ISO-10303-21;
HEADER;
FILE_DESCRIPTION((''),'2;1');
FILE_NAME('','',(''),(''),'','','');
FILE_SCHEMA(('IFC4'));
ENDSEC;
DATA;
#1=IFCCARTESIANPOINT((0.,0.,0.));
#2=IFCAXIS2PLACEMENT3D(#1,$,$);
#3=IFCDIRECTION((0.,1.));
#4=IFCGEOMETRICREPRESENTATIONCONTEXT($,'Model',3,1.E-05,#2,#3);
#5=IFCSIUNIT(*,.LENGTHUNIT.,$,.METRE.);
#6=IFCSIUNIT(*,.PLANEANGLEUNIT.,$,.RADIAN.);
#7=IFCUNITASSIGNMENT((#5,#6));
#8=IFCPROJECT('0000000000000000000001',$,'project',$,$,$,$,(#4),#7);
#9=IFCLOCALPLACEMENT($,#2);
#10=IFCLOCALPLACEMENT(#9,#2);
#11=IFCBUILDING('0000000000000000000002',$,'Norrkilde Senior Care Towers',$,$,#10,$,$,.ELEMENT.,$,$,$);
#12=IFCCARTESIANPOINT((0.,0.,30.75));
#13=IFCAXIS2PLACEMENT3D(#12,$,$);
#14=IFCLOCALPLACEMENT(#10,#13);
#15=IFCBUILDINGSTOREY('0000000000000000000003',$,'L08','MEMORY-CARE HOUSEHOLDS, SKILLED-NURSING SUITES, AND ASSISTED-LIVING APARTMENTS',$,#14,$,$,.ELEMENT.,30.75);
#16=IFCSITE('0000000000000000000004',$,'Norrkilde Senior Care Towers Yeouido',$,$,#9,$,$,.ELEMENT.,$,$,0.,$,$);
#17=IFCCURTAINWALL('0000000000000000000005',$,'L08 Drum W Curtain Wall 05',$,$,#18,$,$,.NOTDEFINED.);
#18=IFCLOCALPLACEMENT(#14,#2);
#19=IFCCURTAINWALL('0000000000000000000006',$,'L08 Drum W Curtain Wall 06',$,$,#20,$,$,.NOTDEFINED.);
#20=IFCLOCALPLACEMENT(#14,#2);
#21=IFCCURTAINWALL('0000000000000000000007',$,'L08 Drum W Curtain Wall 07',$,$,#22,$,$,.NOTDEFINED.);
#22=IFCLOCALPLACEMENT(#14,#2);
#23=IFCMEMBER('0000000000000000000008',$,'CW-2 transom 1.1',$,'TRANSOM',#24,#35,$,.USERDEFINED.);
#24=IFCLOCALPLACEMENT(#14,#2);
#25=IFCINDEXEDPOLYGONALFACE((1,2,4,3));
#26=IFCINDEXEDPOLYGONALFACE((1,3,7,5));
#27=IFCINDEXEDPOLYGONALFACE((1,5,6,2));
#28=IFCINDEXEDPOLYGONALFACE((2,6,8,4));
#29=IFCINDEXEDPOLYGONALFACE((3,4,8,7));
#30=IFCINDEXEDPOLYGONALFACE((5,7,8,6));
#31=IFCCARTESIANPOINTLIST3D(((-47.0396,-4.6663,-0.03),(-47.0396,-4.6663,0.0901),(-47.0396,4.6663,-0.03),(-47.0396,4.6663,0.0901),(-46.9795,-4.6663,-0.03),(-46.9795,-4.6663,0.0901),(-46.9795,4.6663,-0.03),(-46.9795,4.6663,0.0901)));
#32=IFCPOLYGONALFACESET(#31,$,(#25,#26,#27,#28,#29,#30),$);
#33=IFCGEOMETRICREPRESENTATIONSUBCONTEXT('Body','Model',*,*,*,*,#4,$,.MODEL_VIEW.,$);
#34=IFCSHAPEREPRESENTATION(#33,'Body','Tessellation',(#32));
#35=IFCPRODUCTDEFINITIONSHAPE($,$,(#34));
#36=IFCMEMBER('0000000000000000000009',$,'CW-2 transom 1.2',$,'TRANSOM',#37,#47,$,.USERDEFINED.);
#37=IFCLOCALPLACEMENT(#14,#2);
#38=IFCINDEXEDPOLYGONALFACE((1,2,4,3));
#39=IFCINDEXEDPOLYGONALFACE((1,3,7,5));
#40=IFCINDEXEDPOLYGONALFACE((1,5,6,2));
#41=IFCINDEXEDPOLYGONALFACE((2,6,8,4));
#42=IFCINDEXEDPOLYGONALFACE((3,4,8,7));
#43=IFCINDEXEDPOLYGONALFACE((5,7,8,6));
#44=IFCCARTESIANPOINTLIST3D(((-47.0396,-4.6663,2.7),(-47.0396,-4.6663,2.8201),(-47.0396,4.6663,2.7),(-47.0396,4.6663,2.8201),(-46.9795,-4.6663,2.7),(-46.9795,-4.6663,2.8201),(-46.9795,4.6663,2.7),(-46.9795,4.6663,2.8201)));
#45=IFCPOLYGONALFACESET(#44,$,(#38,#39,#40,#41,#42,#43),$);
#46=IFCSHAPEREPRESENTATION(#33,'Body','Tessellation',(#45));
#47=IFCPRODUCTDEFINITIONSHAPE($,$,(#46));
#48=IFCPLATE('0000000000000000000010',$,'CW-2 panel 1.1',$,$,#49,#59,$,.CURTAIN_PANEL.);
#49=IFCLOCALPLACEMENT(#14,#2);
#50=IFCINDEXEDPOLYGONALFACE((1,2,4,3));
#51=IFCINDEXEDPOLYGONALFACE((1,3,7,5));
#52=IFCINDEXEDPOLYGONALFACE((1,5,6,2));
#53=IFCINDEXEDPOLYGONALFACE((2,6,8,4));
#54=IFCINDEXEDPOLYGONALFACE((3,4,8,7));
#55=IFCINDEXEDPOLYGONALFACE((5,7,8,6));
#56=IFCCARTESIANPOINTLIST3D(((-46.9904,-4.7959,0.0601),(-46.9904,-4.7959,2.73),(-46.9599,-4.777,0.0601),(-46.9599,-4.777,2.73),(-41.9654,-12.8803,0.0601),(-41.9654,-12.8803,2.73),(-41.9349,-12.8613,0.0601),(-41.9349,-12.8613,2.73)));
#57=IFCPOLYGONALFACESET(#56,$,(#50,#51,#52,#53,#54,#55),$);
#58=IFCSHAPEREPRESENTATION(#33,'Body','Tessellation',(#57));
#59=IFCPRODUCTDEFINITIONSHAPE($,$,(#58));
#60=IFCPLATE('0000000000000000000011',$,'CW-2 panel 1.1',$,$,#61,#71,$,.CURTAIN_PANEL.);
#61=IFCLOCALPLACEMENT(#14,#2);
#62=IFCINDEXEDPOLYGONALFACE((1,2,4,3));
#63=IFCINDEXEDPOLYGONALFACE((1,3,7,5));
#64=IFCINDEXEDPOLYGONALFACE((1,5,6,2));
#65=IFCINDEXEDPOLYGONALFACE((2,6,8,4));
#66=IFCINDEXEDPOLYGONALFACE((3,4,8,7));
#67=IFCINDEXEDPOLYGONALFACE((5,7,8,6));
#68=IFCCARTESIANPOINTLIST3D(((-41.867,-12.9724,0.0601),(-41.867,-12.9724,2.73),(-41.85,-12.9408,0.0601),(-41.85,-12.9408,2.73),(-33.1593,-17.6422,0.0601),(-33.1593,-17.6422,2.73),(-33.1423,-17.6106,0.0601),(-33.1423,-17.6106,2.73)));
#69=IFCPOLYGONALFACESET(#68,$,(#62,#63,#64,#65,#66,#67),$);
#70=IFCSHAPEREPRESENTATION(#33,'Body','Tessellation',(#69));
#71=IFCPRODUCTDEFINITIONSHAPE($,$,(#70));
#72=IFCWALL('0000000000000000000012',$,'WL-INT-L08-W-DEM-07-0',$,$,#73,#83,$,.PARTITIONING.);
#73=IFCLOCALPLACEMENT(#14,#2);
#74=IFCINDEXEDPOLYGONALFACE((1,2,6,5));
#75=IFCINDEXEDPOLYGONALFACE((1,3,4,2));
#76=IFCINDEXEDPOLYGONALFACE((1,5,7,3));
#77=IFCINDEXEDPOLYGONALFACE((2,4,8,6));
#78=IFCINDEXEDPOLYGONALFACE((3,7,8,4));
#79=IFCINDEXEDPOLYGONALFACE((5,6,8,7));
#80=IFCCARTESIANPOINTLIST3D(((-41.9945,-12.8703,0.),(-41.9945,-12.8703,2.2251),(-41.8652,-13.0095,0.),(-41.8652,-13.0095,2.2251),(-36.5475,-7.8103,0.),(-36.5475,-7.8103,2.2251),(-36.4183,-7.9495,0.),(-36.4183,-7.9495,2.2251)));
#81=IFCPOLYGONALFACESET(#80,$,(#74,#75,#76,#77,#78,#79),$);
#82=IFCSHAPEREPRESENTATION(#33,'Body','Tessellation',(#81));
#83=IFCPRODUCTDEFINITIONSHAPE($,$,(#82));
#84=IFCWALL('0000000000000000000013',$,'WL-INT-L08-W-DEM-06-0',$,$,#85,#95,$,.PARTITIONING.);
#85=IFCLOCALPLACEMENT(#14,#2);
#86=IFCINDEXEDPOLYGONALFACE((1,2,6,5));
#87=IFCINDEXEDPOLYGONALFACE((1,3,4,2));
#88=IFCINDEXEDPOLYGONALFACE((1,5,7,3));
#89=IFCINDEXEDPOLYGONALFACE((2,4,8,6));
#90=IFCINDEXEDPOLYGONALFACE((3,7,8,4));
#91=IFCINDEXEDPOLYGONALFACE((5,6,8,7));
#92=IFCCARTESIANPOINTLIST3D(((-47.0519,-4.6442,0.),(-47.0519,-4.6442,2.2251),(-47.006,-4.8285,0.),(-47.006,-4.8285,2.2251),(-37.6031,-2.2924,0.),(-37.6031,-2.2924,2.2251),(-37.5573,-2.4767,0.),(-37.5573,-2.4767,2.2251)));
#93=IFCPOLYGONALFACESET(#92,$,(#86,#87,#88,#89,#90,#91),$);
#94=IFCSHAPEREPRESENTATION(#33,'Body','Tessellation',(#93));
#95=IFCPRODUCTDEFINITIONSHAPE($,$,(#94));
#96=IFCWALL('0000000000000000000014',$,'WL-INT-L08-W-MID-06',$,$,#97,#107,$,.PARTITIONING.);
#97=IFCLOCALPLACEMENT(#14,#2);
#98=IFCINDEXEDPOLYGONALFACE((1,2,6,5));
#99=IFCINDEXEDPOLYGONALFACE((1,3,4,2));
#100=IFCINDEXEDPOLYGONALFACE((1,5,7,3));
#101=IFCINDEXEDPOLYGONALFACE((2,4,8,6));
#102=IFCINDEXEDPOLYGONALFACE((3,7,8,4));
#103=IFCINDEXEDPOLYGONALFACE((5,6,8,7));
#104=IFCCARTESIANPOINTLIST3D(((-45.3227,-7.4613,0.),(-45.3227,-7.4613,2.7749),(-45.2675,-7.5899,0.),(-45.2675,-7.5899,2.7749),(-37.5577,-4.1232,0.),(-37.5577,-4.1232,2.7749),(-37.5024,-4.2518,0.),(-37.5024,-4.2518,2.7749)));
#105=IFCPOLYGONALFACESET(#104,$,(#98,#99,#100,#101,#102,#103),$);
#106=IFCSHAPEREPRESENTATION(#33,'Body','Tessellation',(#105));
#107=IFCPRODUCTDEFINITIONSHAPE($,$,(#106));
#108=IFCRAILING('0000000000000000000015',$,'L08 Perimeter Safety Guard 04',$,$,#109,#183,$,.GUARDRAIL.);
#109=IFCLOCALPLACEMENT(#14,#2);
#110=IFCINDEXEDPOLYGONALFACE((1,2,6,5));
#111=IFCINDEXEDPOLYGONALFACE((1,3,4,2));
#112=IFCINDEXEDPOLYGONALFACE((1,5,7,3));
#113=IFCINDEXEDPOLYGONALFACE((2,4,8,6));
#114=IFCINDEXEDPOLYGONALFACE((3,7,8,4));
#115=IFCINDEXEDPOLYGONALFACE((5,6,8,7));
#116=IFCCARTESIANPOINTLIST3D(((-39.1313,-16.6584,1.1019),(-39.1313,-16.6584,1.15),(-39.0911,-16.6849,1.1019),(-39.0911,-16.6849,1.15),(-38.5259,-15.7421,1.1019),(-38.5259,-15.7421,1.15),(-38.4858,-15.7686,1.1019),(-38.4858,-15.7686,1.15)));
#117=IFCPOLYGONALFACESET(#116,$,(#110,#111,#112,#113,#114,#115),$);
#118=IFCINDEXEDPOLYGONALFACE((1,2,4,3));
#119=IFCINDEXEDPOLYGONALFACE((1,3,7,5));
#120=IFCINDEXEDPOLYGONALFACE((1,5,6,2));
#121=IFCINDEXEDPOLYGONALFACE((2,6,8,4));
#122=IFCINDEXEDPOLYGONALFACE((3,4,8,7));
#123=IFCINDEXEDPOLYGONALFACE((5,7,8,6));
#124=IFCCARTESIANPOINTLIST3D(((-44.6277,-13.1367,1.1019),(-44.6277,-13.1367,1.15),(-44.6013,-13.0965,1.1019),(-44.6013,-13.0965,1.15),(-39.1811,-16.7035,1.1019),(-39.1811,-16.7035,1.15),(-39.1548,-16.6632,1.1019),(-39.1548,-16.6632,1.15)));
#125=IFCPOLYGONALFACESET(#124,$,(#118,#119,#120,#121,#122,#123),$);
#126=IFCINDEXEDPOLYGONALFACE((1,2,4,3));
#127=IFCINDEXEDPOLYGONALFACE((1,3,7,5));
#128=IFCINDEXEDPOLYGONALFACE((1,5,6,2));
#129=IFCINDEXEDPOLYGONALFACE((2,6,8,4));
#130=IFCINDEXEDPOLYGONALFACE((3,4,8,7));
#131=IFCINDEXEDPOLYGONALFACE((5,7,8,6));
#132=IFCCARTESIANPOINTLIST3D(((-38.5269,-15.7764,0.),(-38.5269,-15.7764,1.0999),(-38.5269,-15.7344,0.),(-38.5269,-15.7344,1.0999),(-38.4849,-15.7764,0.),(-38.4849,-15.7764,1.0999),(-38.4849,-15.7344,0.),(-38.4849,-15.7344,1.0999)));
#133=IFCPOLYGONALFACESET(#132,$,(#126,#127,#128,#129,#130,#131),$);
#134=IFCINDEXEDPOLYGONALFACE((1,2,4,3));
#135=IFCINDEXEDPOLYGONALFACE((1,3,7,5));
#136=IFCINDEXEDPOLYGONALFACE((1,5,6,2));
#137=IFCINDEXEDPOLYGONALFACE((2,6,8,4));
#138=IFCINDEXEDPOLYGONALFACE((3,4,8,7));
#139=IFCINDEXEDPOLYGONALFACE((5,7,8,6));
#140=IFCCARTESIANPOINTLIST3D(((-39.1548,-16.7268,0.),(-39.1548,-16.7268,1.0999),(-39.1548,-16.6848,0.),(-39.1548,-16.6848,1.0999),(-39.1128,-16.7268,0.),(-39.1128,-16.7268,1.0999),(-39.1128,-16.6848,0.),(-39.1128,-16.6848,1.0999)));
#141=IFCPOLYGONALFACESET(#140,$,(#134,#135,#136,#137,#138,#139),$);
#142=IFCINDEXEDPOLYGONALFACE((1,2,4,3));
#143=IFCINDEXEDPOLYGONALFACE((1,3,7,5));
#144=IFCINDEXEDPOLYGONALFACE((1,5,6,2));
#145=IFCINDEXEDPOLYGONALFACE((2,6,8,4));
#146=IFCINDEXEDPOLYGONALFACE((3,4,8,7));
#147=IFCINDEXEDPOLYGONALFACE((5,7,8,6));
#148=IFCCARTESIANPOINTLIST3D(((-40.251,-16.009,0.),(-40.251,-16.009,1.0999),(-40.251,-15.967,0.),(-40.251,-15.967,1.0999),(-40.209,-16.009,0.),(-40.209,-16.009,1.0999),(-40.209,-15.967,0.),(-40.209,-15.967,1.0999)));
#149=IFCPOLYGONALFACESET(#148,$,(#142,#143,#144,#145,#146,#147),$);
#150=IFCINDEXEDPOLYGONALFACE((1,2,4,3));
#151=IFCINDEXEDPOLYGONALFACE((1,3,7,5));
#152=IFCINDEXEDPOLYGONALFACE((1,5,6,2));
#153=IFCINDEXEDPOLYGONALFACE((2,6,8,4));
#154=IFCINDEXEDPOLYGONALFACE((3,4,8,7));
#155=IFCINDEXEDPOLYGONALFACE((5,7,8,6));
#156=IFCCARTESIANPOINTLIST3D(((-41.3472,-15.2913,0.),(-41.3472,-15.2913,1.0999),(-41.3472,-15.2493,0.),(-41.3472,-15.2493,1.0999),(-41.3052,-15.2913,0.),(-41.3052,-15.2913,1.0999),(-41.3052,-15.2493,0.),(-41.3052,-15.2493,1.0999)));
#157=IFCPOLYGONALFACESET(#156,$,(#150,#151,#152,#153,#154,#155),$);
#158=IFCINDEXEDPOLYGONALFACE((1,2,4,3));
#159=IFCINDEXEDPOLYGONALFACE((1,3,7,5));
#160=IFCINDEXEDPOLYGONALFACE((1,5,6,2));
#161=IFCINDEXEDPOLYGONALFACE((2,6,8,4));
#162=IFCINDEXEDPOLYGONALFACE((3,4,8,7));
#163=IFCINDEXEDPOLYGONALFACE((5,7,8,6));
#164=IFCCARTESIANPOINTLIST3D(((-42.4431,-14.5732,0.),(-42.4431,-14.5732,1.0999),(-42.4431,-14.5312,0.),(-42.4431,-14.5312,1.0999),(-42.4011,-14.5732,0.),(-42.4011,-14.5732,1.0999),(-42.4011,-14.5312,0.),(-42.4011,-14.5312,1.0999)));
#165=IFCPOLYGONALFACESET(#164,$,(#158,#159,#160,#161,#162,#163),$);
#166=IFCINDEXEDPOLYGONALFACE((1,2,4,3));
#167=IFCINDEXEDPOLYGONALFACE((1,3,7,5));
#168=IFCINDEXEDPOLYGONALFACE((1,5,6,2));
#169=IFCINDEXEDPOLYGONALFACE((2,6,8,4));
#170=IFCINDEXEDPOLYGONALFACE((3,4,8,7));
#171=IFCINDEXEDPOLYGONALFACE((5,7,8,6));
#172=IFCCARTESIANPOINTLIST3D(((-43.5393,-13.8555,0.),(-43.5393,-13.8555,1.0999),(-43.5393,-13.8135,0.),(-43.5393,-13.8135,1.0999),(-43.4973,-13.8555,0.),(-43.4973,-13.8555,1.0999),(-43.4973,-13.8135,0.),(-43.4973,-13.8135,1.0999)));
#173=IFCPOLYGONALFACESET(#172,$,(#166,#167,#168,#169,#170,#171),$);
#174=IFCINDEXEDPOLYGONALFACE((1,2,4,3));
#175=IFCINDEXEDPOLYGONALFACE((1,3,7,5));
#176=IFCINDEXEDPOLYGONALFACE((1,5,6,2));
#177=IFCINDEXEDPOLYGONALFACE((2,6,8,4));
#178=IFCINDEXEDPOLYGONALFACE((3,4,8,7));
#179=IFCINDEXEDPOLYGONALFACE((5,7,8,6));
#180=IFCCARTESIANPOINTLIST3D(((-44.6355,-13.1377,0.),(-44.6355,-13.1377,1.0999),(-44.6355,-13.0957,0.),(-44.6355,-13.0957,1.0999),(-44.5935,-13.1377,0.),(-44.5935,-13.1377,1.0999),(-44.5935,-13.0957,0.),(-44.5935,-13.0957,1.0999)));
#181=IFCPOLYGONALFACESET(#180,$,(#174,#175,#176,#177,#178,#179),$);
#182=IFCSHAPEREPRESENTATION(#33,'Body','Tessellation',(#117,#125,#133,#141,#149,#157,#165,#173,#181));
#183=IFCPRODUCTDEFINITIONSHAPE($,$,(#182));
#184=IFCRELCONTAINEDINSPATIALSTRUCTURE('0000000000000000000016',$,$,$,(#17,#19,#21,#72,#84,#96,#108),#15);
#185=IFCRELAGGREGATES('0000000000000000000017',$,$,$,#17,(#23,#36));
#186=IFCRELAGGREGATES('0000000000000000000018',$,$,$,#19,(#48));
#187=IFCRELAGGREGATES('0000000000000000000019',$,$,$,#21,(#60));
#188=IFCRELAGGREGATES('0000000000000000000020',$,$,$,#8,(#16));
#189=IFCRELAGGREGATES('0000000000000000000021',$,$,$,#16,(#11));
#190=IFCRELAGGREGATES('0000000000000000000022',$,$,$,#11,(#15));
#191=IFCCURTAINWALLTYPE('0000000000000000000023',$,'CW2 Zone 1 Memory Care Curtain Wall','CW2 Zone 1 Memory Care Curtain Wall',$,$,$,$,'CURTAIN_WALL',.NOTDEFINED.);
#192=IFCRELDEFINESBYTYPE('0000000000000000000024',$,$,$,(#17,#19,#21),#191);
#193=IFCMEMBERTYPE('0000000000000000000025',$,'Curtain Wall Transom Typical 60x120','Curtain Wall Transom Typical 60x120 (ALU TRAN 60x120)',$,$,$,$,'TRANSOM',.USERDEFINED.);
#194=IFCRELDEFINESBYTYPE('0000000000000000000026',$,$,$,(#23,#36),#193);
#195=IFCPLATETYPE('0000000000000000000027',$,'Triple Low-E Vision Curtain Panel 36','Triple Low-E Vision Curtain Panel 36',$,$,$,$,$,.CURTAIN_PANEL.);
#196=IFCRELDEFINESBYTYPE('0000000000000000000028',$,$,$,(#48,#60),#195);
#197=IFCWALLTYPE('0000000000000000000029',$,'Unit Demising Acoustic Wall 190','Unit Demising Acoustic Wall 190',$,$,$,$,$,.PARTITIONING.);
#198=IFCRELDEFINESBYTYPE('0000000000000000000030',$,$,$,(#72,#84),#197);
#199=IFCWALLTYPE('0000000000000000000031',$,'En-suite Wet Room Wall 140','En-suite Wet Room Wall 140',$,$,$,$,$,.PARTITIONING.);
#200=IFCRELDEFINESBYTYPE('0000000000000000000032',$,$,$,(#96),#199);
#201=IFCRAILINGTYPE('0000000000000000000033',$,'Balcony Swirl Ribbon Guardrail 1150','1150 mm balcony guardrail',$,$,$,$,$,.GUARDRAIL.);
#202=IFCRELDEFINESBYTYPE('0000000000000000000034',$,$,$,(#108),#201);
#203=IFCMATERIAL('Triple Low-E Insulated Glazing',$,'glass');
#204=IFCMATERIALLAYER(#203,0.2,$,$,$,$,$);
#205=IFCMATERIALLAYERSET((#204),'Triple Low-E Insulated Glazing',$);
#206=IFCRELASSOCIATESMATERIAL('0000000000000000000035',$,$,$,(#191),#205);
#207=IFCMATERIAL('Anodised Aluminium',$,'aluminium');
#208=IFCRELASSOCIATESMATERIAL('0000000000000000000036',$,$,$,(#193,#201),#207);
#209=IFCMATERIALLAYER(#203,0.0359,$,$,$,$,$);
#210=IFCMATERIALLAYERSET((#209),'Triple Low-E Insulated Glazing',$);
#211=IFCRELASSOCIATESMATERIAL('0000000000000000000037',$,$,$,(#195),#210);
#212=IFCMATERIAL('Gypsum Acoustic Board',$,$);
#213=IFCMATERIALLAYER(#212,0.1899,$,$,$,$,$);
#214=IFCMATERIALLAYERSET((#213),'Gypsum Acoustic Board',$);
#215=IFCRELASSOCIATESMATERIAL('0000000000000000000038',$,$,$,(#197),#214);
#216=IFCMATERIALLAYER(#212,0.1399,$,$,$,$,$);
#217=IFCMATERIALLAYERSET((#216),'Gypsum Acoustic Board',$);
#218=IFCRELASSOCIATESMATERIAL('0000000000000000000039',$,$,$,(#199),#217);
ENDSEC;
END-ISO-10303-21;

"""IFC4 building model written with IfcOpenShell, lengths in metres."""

from ifc_helpers import new_model, si_unit, direction, frame, frame_2d, origin, origin_2d, place, context, subcontext, project, spatial, rectangle, extrude, source, transform, mapped, material, layer, layer_set, material_profile, profile_set, type_object, type_shapes, element, aggregate, save


model = new_model("IFC4")

# Units and contexts
model_context = context("Model", 3, precision=1e-05, world=origin(), true_north=direction((0.0, 1.0)))
body_context = subcontext(model_context, "Body", "Model", "MODEL_VIEW")
ifc_project = project(units=[si_unit("LENGTHUNIT", "METRE"), si_unit("PLANEANGLEUNIT", "RADIAN")], contexts=[model_context])

# Site, building, storey
site_placement = place(None, origin())
site = spatial("IfcSite", under=ifc_project, at=site_placement, Name="Norrkilde Senior Care Towers Yeouido", CompositionType="ELEMENT", RefElevation=0.0)
building_placement = place(site_placement, origin())
building = spatial("IfcBuilding", under=site, at=building_placement, Name="Norrkilde Senior Care Towers", CompositionType="ELEMENT")
storey_placement = place(building_placement, frame((0.0, 0.0, 30.75)))
storey = spatial("IfcBuildingStorey", under=building, at=storey_placement, Name="L08", Description="MEMORY-CARE HOUSEHOLDS, SKILLED-NURSING SUITES, AND ASSISTED-LIVING APARTMENTS", CompositionType="ELEMENT", Elevation=30.75)

# Curtain wall
ifc_material_1 = material(Name="Triple Low-E Insulated Glazing", Category="glass")
ifc_layer_1 = layer(ifc_material_1, 0.2)
ifc_layer_set_1 = layer_set([ifc_layer_1], Name="Triple Low-E Insulated Glazing")
curtain_wall_type = type_object("IfcCurtainWallType", Name="CW2 Zone 1 Memory Care Curtain Wall", Description="CW2 Zone 1 Memory Care Curtain Wall", ElementType="CURTAIN_WALL", PredefinedType="NOTDEFINED", material=ifc_layer_set_1)
curtain_wall_1_placement = place(storey_placement, origin())
curtain_wall_1 = element("IfcCurtainWall", 1, at=curtain_wall_1_placement, inside=storey, type_object=curtain_wall_type, Name="L08 Drum W Curtain Wall 05", PredefinedType="NOTDEFINED")
ifc_material_2 = material(Name="Anodised Aluminium", Category="aluminium")

# Curtain wall
curtain_wall_2_placement = place(storey_placement, origin())
curtain_wall_2 = element("IfcCurtainWall", 2, at=curtain_wall_2_placement, inside=storey, type_object=curtain_wall_type, Name="L08 Drum W Curtain Wall 06", PredefinedType="NOTDEFINED")

# Curtain wall
curtain_wall_3_placement = place(storey_placement, origin())
curtain_wall_3 = element("IfcCurtainWall", 3, at=curtain_wall_3_placement, inside=storey, type_object=curtain_wall_type, Name="L08 Drum W Curtain Wall 07", PredefinedType="NOTDEFINED")

# Members
ifc_material_profile_1 = material_profile(ifc_material_2, rectangle(XDim=0.0601, YDim=0.1201, at=origin_2d()), Name="ALU TRAN 60x120")
ifc_profile_set_1 = profile_set([ifc_material_profile_1], Name="Anodised Aluminium")
member_type_1 = type_object("IfcMemberType", Name="Curtain Wall Transom Typical 60x120", Description="Curtain Wall Transom Typical 60x120 (ALU TRAN 60x120)", ElementType="TRANSOM", PredefinedType="USERDEFINED", material=ifc_profile_set_1)
shared_shape_1 = source(origin(), body_context, "Body", "SweptSolid", [
    extrude(rectangle(XDim=0.0601, YDim=0.1201, at=origin_2d()), origin(), (0.0, 0.0, 1.0), 9.3325),
])
member_1_placement = place(storey_placement, frame((-47.0095, -4.6663, 0.03), z_axis=(0.0, 1.0, 0.0), x_axis=(-1.0, 0.0, 0.0)))
member_1 = element("IfcMember", 4, at=member_1_placement, type_object=member_type_1, Name="CW-2 transom 1.1", ObjectType="TRANSOM", PredefinedType="USERDEFINED", context=body_context, shape_type="MappedRepresentation", body=[
    mapped(shared_shape_1, transform((0.0, 0.0, 0.0), x_axis=(1.0, 0.0, 0.0), y_axis=(0.0, 1.0, 0.0), z_axis=(0.0, 0.0, 1.0), scale=1.0)),
])
member_2_placement = place(storey_placement, frame((-47.0095, -4.6663, 2.76), z_axis=(0.0, 1.0, 0.0), x_axis=(-1.0, 0.0, 0.0)))
member_2 = element("IfcMember", 5, at=member_2_placement, type_object=member_type_1, Name="CW-2 transom 1.2", ObjectType="TRANSOM", PredefinedType="USERDEFINED", context=body_context, shape_type="MappedRepresentation", body=[
    mapped(shared_shape_1, transform((0.0, 0.0, 0.0), x_axis=(1.0, 0.0, 0.0), y_axis=(0.0, 1.0, 0.0), z_axis=(0.0, 0.0, 1.0), scale=1.0)),
])
aggregate(curtain_wall_1, [member_1, member_2])

# Plates
ifc_layer_2 = layer(ifc_material_1, 0.0359)
ifc_layer_set_2 = layer_set([ifc_layer_2], Name="Triple Low-E Insulated Glazing")
plate_type = type_object("IfcPlateType", Name="Triple Low-E Vision Curtain Panel 36", Description="Triple Low-E Vision Curtain Panel 36", PredefinedType="CURTAIN_PANEL", material=ifc_layer_set_2)
shared_shape_2 = source(origin(), body_context, "Body", "SweptSolid", [
    extrude(rectangle(XDim=9.5188, YDim=0.0359, at=origin_2d()), origin(), (0.0, 0.0, 1.0), 2.6699),
])
plate_1_placement = place(storey_placement, frame((-44.4626, -8.8286, 0.0601), z_axis=(0.0, 0.0, 1.0), x_axis=(-0.527901, 0.849306, 0.0)))
plate_1 = element("IfcPlate", 6, at=plate_1_placement, type_object=plate_type, Name="CW-2 panel 1.1", PredefinedType="CURTAIN_PANEL", context=body_context, shape_type="MappedRepresentation", body=[
    mapped(shared_shape_2, transform((0.0, 0.0, 0.0), x_axis=(1.0, 0.0, 0.0), y_axis=(0.0, 1.0, 0.0), z_axis=(0.0, 0.0, 1.0), scale=1.0)),
])
aggregate(curtain_wall_2, [plate_1])
shared_shape_3 = source(origin(), body_context, "Body", "SweptSolid", [
    extrude(rectangle(XDim=9.8809, YDim=0.0359, at=origin_2d()), origin(), (0.0, 0.0, 1.0), 2.6699),
])
type_shapes(plate_type, [shared_shape_2, shared_shape_3])
plate_2_placement = place(storey_placement, frame((-37.5046, -15.2915, 0.0601), z_axis=(0.0, 0.0, 1.0), x_axis=(-0.881273, 0.472608, 0.0)))
plate_2 = element("IfcPlate", 7, at=plate_2_placement, type_object=plate_type, Name="CW-2 panel 1.1", PredefinedType="CURTAIN_PANEL", context=body_context, shape_type="MappedRepresentation", body=[
    mapped(shared_shape_3, transform((0.0, 0.0, 0.0), x_axis=(1.0, 0.0, 0.0), y_axis=(0.0, 1.0, 0.0), z_axis=(0.0, 0.0, 1.0), scale=1.0)),
])
aggregate(curtain_wall_3, [plate_2])

# Shared definitions
ifc_material_3 = material(Name="Gypsum Acoustic Board")

# Walls
ifc_layer_3 = layer(ifc_material_3, 0.1899)
ifc_layer_set_3 = layer_set([ifc_layer_3], Name="Gypsum Acoustic Board")
wall_type_1 = type_object("IfcWallType", Name="Unit Demising Acoustic Wall 190", Description="Unit Demising Acoustic Wall 190", PredefinedType="PARTITIONING", material=ifc_layer_set_3)
shared_shape_4 = source(origin(), body_context, "Body", "SweptSolid", [
    extrude(rectangle(XDim=7.4346, YDim=0.1899, at=frame_2d((3.7173, 0.0))), origin(), (0.0, 0.0, 1.0), 2.2251),
])
wall_1_placement = place(storey_placement, frame((-36.4829, -7.8799, 0.0), z_axis=(0.0, 0.0, 1.0), x_axis=(-0.732652, -0.680603, 0.0)))
element("IfcWall", 8, at=wall_1_placement, inside=storey, type_object=wall_type_1, Name="WL-INT-L08-W-DEM-07-0", PredefinedType="PARTITIONING", context=body_context, shape_type="MappedRepresentation", body=[
    mapped(shared_shape_4, transform((0.0, 0.0, 0.0), x_axis=(1.0, 0.0, 0.0), y_axis=(0.0, 1.0, 0.0), z_axis=(0.0, 0.0, 1.0), scale=1.0)),
])
shared_shape_5 = source(origin(), body_context, "Body", "SweptSolid", [
    extrude(rectangle(XDim=9.7371, YDim=0.1899, at=frame_2d((4.8687, 0.0))), origin(), (0.0, 0.0, 1.0), 2.2251),
])
type_shapes(wall_type_1, [shared_shape_4, shared_shape_5])
wall_2_placement = place(storey_placement, frame((-37.5801, -2.3845, 0.0), z_axis=(0.0, 0.0, 1.0), x_axis=(-0.970393, -0.241533, 0.0)))
element("IfcWall", 9, at=wall_2_placement, inside=storey, type_object=wall_type_1, Name="WL-INT-L08-W-DEM-06-0", PredefinedType="PARTITIONING", context=body_context, shape_type="MappedRepresentation", body=[
    mapped(shared_shape_5, transform((0.0, 0.0, 0.0), x_axis=(1.0, 0.0, 0.0), y_axis=(0.0, 1.0, 0.0), z_axis=(0.0, 0.0, 1.0), scale=1.0)),
])
ifc_layer_4 = layer(ifc_material_3, 0.1399)
ifc_layer_set_4 = layer_set([ifc_layer_4], Name="Gypsum Acoustic Board")
wall_type_2 = type_object("IfcWallType", Name="En-suite Wet Room Wall 140", Description="En-suite Wet Room Wall 140", PredefinedType="PARTITIONING", material=ifc_layer_set_4)
shared_shape_6 = source(origin(), body_context, "Body", "SweptSolid", [
    extrude(rectangle(XDim=8.4521, YDim=0.1399, at=frame_2d((4.2261, 0.0))), origin(), (0.0, 0.0, 1.0), 2.7749),
])
type_shapes(wall_type_2, [shared_shape_6])
wall_3_placement = place(storey_placement, frame((-37.53, -4.1875, 0.0), z_axis=(0.0, 0.0, 1.0), x_axis=(-0.918707, -0.39494, 0.0)))
element("IfcWall", 10, at=wall_3_placement, inside=storey, type_object=wall_type_2, Name="WL-INT-L08-W-MID-06", PredefinedType="PARTITIONING", context=body_context, shape_type="MappedRepresentation", body=[
    mapped(shared_shape_6, transform((0.0, 0.0, 0.0), x_axis=(1.0, 0.0, 0.0), y_axis=(0.0, 1.0, 0.0), z_axis=(0.0, 0.0, 1.0), scale=1.0)),
])

# Railing
railing_type = type_object("IfcRailingType", Name="Balcony Swirl Ribbon Guardrail 1150", Description="1150 mm balcony guardrail", PredefinedType="GUARDRAIL", material=ifc_material_2)
railing_1_placement = place(storey_placement, frame((-38.5059, -15.7554, 0.0)))
element("IfcRailing", 11, at=railing_1_placement, inside=storey, type_object=railing_type, Name="L08 Perimeter Safety Guard 04", PredefinedType="GUARDRAIL", context=body_context, shape_type="SweptSolid", body=[
    extrude(rectangle(XDim=0.0481, YDim=0.0481, at=origin_2d()), frame((0.0, 0.0, 1.126), z_axis=(-0.551233, -0.834351, 0.0), x_axis=(0.834351, -0.551233, 0.0)), (0.0, 0.0, 1.0), 1.0981),
    extrude(rectangle(XDim=0.0481, YDim=0.0481, at=origin_2d()), frame((-0.6621, -0.928, 1.126), z_axis=(-0.83658, 0.547845, 0.0), x_axis=(-0.547845, -0.83658, 0.0)), (0.0, 0.0, 1.0), 6.5105),
    extrude(rectangle(XDim=0.042, YDim=0.042, at=origin_2d()), origin(), (0.0, 0.0, 1.0), 1.0999),
    extrude(rectangle(XDim=0.042, YDim=0.042, at=origin_2d()), frame((-0.6279, -0.9504, 0.0)), (0.0, 0.0, 1.0), 1.0999),
    extrude(rectangle(XDim=0.042, YDim=0.042, at=origin_2d()), frame((-1.7241, -0.2327, 0.0)), (0.0, 0.0, 1.0), 1.0999),
    extrude(rectangle(XDim=0.042, YDim=0.042, at=origin_2d()), frame((-2.8203, 0.4851, 0.0)), (0.0, 0.0, 1.0), 1.0999),
    extrude(rectangle(XDim=0.042, YDim=0.042, at=origin_2d()), frame((-3.9163, 1.2031, 0.0)), (0.0, 0.0, 1.0), 1.0999),
    extrude(rectangle(XDim=0.042, YDim=0.042, at=origin_2d()), frame((-5.0125, 1.9209, 0.0)), (0.0, 0.0, 1.0), 1.0999),
    extrude(rectangle(XDim=0.042, YDim=0.042, at=origin_2d()), frame((-6.1086, 2.6387, 0.0)), (0.0, 0.0, 1.0), 1.0999),
])

save(model, "model.ifc")
